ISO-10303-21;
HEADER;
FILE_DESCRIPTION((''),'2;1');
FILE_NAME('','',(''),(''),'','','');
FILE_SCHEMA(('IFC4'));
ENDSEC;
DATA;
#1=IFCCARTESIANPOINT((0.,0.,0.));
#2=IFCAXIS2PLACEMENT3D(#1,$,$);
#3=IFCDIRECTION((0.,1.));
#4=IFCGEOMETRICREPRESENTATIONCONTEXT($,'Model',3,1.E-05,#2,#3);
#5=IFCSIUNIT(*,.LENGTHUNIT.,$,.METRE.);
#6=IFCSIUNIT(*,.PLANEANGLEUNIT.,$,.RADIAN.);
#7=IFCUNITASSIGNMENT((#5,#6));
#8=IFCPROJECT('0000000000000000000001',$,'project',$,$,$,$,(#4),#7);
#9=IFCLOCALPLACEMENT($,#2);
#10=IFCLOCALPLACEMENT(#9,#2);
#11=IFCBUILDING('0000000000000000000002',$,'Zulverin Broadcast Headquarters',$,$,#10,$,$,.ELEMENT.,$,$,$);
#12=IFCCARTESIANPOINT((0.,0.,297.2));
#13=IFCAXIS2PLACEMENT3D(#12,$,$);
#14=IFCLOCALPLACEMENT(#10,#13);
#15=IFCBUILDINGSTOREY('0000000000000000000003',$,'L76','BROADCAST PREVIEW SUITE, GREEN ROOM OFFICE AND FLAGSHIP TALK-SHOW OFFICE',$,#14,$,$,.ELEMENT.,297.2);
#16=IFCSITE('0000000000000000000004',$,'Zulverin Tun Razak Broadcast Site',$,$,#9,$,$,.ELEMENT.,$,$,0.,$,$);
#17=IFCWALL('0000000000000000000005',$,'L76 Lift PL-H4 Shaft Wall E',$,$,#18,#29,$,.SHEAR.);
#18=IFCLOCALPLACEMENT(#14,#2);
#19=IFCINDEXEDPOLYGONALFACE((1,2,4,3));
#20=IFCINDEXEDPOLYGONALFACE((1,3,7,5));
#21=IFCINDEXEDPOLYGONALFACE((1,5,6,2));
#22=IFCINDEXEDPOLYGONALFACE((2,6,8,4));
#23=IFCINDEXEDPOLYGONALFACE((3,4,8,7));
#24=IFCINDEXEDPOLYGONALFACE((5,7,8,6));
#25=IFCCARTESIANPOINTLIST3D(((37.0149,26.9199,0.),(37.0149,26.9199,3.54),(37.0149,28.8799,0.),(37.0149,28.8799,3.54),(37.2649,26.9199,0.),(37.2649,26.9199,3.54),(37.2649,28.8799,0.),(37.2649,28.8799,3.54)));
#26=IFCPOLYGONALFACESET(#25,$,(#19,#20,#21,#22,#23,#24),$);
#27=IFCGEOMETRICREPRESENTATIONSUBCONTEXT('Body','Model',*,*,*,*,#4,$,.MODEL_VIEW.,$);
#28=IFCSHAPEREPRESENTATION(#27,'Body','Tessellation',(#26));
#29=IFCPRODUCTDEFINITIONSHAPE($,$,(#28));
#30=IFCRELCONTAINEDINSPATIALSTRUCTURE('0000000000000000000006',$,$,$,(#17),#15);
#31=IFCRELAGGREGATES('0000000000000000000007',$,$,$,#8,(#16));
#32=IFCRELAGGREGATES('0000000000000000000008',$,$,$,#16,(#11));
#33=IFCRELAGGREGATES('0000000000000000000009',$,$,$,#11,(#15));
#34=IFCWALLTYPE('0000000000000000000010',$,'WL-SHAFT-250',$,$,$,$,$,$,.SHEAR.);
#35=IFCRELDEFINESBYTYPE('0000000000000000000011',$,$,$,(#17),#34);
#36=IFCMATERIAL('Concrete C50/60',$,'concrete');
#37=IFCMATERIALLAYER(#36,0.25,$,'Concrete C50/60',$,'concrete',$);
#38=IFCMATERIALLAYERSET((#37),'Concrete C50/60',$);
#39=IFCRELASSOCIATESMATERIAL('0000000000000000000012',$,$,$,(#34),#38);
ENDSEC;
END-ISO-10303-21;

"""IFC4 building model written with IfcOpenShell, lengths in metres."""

from ifc_helpers import new_model, si_unit, direction, frame, frame_2d, origin, place, context, subcontext, project, spatial, rectangle, extrude, material, layer, layer_set, type_object, element, save


model = new_model("IFC4")

# Units and contexts
model_context = context("Model", 3, precision=1e-05, world=origin(), true_north=direction((0.0, 1.0)))
body_context = subcontext(model_context, "Body", "Model", "MODEL_VIEW")
ifc_project = project(units=[si_unit("LENGTHUNIT", "METRE"), si_unit("PLANEANGLEUNIT", "RADIAN")], contexts=[model_context])

# Site, building, storey
site_placement = place(None, origin())
site = spatial("IfcSite", under=ifc_project, at=site_placement, Name="Zulverin Tun Razak Broadcast Site", CompositionType="ELEMENT", RefElevation=0.0)
building_placement = place(site_placement, origin())
building = spatial("IfcBuilding", under=site, at=building_placement, Name="Zulverin Broadcast Headquarters", CompositionType="ELEMENT")
storey_placement = place(building_placement, frame((0.0, 0.0, 297.2)))
storey = spatial("IfcBuildingStorey", under=building, at=storey_placement, Name="L76", Description="BROADCAST PREVIEW SUITE, GREEN ROOM OFFICE AND FLAGSHIP TALK-SHOW OFFICE", CompositionType="ELEMENT", Elevation=297.2)

# Shared definitions
ifc_material_1 = material(Name="Concrete C50/60", Category="concrete")
ifc_layer_1 = layer(ifc_material_1, 0.25, Name="Concrete C50/60", Category="concrete")
ifc_layer_set_1 = layer_set([ifc_layer_1], Name="Concrete C50/60")
wall_type_1 = type_object("IfcWallType", Name="WL-SHAFT-250", PredefinedType="SHEAR", material=ifc_layer_set_1)

# Wall
wall_1_placement = place(storey_placement, frame((37.1399, 26.9199, 0.0), z_axis=(0.0, 0.0, 1.0), x_axis=(0.0, 1.0, 0.0)))
element("IfcWall", 1, at=wall_1_placement, inside=storey, type_object=wall_type_1, Name="L76 Lift PL-H4 Shaft Wall E", PredefinedType="SHEAR", context=body_context, shape_type="SweptSolid", body=[
    extrude(rectangle(XDim=1.96, YDim=0.25, at=frame_2d((0.98, 0.0))), origin(), (0.0, 0.0, 1.0), 3.54),
])

save(model, "model.ifc")
